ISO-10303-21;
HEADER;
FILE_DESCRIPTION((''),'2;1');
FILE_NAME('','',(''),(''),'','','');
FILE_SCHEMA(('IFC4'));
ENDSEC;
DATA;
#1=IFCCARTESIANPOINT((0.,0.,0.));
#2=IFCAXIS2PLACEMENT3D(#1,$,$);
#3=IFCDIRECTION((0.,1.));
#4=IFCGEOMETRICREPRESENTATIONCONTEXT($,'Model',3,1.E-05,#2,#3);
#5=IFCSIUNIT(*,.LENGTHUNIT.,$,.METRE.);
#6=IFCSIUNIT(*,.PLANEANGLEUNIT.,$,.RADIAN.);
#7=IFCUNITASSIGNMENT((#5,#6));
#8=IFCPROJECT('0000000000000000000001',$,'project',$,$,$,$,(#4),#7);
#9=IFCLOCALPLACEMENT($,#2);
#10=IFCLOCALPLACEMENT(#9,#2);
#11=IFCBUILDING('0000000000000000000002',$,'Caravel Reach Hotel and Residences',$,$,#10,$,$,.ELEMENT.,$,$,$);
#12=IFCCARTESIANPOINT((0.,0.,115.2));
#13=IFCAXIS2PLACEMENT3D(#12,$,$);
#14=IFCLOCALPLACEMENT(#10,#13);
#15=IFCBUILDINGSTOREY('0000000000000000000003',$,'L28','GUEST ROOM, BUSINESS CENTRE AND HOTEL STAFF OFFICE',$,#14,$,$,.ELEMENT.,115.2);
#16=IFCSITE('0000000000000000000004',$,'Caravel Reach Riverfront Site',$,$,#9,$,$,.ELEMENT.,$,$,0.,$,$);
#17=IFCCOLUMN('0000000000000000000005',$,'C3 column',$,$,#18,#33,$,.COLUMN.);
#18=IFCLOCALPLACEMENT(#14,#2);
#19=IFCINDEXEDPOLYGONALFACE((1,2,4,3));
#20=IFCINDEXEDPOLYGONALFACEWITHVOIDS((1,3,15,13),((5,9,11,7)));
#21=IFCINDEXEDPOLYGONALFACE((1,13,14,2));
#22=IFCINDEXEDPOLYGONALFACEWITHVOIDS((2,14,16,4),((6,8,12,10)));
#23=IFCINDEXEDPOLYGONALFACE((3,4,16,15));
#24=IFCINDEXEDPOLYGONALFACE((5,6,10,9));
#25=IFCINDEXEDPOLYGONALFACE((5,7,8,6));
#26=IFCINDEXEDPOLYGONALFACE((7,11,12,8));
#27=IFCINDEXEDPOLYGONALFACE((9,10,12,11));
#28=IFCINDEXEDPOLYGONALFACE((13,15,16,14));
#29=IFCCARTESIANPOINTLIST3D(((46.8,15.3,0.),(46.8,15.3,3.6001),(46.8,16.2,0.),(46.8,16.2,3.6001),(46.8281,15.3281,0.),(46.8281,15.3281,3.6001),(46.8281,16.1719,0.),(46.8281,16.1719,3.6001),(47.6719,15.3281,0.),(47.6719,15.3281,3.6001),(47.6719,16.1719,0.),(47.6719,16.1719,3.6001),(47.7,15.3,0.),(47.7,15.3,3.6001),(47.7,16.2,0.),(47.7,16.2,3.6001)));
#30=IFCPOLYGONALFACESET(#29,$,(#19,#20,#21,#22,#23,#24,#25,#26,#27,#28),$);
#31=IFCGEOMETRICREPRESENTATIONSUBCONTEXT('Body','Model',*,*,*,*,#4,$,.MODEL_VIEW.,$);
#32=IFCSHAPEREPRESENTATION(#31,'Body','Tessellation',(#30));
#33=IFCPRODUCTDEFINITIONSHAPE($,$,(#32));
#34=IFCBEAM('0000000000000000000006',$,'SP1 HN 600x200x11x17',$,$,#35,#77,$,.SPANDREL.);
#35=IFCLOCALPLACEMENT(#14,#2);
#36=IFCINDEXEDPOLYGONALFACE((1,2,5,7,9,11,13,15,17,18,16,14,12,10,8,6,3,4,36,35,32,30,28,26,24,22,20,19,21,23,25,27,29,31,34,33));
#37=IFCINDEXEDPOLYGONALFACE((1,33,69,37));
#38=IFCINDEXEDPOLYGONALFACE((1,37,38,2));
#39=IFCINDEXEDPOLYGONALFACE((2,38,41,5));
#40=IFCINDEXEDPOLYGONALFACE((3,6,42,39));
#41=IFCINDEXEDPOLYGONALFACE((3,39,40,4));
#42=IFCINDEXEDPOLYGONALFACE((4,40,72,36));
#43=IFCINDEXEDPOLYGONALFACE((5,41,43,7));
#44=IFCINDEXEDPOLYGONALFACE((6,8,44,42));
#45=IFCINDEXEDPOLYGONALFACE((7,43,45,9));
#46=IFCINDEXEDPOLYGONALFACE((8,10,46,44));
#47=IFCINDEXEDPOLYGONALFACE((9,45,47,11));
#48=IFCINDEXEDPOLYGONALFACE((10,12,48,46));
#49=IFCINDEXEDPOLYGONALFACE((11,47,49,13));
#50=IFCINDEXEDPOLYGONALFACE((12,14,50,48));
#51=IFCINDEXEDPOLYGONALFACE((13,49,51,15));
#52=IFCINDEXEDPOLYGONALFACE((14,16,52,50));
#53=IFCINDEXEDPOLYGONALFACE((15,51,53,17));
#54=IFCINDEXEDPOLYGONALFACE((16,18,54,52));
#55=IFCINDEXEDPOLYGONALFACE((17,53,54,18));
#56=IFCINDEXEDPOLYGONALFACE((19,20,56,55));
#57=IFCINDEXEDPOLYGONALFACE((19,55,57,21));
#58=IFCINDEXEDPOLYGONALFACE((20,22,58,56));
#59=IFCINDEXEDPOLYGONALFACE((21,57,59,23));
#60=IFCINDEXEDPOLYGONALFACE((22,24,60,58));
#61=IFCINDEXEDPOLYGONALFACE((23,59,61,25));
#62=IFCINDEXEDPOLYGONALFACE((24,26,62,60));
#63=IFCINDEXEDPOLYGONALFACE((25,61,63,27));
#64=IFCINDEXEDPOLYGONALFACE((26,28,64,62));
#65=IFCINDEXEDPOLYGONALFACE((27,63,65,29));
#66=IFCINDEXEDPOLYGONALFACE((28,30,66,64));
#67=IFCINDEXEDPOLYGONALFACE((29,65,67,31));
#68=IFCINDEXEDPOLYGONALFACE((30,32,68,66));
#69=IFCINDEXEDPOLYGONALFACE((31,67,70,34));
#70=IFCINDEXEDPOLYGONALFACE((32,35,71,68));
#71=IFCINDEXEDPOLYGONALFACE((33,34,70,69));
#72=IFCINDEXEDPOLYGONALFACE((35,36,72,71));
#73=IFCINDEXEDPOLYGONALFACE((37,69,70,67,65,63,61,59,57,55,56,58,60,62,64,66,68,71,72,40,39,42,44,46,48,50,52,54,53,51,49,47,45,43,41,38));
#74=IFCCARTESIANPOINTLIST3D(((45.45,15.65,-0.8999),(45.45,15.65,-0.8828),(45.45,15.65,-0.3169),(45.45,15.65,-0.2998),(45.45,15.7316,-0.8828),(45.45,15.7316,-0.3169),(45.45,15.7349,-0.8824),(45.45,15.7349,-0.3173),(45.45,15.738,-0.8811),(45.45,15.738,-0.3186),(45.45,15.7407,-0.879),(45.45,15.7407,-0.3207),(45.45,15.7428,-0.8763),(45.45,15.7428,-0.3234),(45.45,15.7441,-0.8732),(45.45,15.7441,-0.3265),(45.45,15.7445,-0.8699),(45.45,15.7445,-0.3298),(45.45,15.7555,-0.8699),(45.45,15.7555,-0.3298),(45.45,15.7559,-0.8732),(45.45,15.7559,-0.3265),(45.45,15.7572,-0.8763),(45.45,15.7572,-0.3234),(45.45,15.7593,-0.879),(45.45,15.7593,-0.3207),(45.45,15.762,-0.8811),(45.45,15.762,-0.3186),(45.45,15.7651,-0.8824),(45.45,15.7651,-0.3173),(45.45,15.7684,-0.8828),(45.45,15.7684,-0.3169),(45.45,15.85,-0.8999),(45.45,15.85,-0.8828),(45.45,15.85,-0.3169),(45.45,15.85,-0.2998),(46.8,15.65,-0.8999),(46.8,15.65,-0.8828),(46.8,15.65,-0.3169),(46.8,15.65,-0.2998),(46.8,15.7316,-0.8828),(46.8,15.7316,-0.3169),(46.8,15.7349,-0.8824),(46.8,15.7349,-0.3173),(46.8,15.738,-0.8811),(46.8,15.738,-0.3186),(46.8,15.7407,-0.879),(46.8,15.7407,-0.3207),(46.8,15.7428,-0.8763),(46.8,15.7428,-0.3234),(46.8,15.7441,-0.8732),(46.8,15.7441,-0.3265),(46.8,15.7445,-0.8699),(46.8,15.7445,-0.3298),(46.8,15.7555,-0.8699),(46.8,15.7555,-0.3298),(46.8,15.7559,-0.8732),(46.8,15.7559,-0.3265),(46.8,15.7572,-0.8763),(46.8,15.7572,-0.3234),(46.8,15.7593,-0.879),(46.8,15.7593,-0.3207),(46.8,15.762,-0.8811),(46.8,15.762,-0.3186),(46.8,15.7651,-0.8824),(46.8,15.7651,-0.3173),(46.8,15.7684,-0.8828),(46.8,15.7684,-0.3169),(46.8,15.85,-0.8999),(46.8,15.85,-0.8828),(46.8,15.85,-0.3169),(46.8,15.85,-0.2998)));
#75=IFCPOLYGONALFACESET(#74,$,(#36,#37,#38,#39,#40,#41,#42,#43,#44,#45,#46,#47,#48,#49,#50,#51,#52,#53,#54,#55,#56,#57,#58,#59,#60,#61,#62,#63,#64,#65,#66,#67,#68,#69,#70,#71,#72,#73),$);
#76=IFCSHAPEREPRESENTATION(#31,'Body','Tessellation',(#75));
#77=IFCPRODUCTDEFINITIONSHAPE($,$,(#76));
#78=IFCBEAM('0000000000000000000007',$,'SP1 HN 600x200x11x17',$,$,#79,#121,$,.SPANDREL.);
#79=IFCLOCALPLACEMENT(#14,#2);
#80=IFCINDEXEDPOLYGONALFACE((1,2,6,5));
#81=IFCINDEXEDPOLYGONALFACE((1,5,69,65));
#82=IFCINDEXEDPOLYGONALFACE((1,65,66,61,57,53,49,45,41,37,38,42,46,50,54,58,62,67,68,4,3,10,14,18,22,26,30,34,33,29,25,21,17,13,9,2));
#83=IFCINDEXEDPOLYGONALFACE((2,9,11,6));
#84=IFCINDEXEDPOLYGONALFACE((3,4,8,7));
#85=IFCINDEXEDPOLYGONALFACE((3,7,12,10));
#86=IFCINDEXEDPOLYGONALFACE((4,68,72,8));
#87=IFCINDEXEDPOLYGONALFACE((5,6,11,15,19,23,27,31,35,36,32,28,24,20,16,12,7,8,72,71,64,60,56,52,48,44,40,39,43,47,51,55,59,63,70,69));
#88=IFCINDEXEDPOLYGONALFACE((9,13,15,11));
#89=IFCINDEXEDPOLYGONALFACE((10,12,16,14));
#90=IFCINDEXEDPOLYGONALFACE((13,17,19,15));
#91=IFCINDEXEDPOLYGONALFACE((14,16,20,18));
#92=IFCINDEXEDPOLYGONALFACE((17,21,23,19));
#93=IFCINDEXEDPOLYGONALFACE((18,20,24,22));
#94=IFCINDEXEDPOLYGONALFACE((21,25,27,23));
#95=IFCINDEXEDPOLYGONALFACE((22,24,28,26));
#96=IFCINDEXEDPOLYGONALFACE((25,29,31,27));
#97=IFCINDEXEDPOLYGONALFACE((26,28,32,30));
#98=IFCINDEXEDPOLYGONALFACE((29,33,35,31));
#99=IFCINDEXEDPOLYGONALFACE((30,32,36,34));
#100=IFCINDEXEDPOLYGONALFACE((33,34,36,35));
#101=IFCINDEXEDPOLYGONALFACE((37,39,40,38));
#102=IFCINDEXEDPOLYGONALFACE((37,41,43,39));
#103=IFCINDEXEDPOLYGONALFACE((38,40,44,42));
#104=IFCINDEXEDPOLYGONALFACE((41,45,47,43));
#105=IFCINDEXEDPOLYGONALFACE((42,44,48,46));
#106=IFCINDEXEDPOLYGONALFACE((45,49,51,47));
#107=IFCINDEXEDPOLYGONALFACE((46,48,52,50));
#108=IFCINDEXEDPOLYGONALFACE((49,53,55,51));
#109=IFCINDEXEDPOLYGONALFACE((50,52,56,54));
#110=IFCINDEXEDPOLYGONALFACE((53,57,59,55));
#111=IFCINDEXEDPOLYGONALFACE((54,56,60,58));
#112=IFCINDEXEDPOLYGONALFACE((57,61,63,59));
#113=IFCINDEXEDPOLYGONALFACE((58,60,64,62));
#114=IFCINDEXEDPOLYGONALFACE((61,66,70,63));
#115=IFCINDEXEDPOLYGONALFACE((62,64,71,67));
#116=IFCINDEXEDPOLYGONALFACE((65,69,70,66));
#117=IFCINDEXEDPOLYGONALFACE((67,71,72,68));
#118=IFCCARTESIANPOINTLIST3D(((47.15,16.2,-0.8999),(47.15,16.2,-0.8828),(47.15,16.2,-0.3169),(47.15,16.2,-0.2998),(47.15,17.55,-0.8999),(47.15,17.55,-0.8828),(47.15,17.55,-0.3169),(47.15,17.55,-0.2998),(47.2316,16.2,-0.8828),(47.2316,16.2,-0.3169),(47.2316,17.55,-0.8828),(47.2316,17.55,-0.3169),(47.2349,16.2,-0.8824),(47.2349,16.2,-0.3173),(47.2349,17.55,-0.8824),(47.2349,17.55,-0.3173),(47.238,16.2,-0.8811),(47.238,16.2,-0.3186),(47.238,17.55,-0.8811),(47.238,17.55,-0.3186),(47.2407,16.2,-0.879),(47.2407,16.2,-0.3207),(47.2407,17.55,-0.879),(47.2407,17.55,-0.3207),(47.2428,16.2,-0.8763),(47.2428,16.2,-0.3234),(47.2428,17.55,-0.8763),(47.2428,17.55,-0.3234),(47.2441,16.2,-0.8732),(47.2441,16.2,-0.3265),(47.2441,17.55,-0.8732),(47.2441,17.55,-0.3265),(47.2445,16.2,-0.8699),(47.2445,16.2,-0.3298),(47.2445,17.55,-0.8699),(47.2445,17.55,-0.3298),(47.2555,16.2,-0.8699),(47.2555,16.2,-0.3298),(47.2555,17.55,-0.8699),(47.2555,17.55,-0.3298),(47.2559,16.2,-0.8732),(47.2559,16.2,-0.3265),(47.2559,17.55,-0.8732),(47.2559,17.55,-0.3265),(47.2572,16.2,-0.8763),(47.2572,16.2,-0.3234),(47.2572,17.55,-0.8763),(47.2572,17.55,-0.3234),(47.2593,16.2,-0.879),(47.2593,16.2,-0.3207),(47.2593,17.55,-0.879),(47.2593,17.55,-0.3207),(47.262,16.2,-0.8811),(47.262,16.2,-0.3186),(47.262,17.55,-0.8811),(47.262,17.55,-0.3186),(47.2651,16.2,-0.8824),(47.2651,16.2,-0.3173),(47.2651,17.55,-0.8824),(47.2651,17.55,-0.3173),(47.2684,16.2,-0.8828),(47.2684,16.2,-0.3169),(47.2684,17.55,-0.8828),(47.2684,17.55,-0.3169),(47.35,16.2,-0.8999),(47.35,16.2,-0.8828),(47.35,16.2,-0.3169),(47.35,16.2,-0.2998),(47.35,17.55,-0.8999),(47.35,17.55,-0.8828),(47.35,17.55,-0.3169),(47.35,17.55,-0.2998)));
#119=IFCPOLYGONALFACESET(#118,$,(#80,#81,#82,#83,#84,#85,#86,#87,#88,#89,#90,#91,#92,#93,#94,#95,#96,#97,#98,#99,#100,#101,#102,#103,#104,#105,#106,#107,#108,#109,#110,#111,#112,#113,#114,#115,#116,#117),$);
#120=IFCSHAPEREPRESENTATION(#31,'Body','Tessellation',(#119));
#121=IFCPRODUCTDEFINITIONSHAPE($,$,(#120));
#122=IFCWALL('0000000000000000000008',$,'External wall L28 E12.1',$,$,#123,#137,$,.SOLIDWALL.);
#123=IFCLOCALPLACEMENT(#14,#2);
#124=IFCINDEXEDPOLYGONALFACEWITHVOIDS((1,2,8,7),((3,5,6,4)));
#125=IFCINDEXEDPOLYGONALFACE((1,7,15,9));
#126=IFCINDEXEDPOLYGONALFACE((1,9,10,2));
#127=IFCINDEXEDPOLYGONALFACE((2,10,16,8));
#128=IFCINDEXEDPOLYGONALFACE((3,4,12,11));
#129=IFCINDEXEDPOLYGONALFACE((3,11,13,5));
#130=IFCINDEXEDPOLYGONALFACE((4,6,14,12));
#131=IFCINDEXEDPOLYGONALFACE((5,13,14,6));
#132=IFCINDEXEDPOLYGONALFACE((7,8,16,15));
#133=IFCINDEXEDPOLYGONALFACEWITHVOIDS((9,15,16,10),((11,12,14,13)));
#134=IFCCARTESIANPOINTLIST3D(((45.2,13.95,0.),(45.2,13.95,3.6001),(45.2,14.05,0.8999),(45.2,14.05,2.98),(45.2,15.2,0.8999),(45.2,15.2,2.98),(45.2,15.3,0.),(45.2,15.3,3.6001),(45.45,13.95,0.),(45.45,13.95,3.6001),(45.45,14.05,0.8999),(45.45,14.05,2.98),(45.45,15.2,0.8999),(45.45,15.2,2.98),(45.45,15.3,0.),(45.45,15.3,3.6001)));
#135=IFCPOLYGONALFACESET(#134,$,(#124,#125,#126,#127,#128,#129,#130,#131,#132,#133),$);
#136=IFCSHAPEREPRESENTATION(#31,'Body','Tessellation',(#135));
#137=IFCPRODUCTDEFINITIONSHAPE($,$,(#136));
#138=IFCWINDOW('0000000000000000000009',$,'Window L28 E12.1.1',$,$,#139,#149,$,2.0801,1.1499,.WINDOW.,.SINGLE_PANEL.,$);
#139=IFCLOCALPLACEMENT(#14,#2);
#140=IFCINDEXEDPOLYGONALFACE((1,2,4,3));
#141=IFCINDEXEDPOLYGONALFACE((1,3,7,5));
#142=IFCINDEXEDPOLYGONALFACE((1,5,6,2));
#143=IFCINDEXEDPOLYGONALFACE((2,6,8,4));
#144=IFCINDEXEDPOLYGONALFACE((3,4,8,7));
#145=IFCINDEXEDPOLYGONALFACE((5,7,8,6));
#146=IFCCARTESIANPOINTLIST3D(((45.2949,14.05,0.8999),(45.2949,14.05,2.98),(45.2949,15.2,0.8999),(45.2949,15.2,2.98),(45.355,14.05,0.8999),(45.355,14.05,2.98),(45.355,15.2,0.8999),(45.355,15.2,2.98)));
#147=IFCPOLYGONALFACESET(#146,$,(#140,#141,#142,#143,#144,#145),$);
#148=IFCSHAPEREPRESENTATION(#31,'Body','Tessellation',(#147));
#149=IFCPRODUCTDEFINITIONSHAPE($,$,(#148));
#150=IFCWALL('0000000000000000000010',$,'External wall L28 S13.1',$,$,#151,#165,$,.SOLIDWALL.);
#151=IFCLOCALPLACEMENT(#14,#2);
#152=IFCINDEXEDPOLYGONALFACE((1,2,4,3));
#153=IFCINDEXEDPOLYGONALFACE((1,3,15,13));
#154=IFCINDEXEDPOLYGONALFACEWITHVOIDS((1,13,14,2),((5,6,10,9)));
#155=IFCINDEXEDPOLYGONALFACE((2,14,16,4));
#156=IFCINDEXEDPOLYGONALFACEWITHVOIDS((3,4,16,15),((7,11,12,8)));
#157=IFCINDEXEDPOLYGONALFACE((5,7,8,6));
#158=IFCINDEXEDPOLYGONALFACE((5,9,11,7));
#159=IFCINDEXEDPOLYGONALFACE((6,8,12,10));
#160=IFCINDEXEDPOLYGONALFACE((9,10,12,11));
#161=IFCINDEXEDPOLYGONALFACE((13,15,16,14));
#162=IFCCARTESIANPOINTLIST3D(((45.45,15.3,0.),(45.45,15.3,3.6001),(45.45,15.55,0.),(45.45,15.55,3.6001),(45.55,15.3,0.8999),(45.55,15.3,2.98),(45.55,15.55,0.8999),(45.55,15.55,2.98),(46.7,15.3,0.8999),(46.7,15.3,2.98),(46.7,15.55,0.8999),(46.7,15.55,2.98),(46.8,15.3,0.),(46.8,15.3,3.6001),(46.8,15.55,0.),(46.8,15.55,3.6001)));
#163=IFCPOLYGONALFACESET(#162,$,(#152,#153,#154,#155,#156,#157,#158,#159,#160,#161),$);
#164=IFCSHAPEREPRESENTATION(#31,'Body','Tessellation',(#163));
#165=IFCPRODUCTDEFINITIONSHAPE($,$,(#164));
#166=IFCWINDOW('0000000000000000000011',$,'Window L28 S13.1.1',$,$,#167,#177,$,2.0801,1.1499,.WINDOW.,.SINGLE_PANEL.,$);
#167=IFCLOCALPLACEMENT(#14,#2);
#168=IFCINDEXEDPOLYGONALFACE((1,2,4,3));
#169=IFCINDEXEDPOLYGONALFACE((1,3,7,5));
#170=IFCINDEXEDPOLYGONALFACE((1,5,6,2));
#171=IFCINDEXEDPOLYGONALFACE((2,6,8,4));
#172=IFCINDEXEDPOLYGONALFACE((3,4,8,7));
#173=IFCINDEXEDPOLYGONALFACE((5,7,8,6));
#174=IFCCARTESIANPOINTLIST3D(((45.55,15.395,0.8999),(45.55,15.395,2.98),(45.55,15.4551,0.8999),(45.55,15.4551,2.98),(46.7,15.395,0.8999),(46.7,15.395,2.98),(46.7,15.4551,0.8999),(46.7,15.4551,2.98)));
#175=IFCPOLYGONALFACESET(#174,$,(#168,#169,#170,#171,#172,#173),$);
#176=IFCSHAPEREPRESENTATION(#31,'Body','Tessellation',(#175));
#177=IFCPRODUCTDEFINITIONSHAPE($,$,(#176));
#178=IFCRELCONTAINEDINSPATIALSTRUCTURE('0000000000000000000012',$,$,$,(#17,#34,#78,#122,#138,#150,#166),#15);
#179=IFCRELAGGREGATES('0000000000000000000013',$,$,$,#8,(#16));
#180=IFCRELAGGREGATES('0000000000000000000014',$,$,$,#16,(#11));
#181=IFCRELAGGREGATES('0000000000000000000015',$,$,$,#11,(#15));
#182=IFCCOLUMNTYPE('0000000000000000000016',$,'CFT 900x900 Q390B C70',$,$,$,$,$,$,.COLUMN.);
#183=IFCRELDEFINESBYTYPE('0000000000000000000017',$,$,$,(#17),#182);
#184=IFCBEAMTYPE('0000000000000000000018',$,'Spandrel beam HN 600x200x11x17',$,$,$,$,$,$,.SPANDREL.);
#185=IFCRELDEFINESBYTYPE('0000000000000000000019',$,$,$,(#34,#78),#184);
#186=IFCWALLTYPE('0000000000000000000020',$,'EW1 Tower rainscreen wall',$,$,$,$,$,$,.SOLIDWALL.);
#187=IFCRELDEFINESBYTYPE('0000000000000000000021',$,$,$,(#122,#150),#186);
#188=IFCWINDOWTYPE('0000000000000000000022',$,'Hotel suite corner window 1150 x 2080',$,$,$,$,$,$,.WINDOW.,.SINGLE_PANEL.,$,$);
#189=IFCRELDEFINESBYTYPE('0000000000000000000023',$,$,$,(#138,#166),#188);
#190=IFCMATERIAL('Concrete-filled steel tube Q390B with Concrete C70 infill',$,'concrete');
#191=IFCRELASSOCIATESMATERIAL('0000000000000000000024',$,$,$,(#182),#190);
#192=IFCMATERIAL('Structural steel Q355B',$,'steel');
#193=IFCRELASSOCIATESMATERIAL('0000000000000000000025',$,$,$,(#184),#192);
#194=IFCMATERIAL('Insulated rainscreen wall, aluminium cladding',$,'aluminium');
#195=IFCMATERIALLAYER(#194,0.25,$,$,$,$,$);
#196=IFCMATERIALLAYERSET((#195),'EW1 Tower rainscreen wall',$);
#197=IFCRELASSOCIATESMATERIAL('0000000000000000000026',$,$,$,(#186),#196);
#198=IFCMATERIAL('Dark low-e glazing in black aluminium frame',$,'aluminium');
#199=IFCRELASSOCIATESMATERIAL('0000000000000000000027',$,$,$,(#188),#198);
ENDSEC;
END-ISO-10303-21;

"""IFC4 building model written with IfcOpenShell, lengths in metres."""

from ifc_helpers import new_model, si_unit, direction, frame, frame_2d, origin, origin_2d, place, context, subcontext, project, spatial, rectangle, hollow_rectangle, i_section, extrude, material, layer, layer_set, material_profile, profile_set, type_object, element, fill, save


model = new_model("IFC4")

# Units and contexts
model_context = context("Model", 3, precision=1e-05, world=origin(), true_north=direction((0.0, 1.0)))
body_context = subcontext(model_context, "Body", "Model", "MODEL_VIEW")
ifc_project = project(units=[si_unit("LENGTHUNIT", "METRE"), si_unit("PLANEANGLEUNIT", "RADIAN")], contexts=[model_context])

# Site, building, storey
site_placement = place(None, origin())
site = spatial("IfcSite", under=ifc_project, at=site_placement, Name="Caravel Reach Riverfront Site", CompositionType="ELEMENT", RefElevation=0.0)
building_placement = place(site_placement, origin())
building = spatial("IfcBuilding", under=site, at=building_placement, Name="Caravel Reach Hotel and Residences", CompositionType="ELEMENT")
storey_placement = place(building_placement, frame((0.0, 0.0, 115.2)))
storey = spatial("IfcBuildingStorey", under=building, at=storey_placement, Name="L28", Description="GUEST ROOM, BUSINESS CENTRE AND HOTEL STAFF OFFICE", CompositionType="ELEMENT", Elevation=115.2)

# Column
ifc_material_1 = material(Name="Concrete-filled steel tube Q390B with Concrete C70 infill", Category="concrete")
ifc_material_profile_1 = material_profile(ifc_material_1, hollow_rectangle(XDim=0.8999, YDim=0.8999, WallThickness=0.0281, at=origin_2d()), Name="RHS 900x900x28")
ifc_profile_set_1 = profile_set([ifc_material_profile_1], Name="Concrete-filled steel tube Q390B with Concrete C70 infill")
column_type = type_object("IfcColumnType", Name="CFT 900x900 Q390B C70", PredefinedType="COLUMN", material=ifc_profile_set_1)
column_placement = place(storey_placement, frame((47.25, 15.75, 0.0), z_axis=(0.0, 0.0, 1.0), x_axis=(1.0, 0.0, 0.0)))
element("IfcColumn", 1, at=column_placement, inside=storey, type_object=column_type, Name="C3 column", PredefinedType="COLUMN", context=body_context, shape_type="SweptSolid", body=[
    extrude(hollow_rectangle(XDim=0.8999, YDim=0.8999, WallThickness=0.0281, at=origin_2d()), origin(), (0.0, 0.0, 1.0), 3.6001),
])

# Beams
ifc_material_2 = material(Name="Structural steel Q355B", Category="steel")
ifc_material_profile_2 = material_profile(ifc_material_2, i_section(OverallWidth=0.2, OverallDepth=0.6001, WebThickness=0.011, FlangeThickness=0.0171, FilletRadius=0.0129, at=origin_2d()), Name="HN 600x200x11x17")
ifc_profile_set_2 = profile_set([ifc_material_profile_2], Name="Structural steel Q355B")
beam_type = type_object("IfcBeamType", Name="Spandrel beam HN 600x200x11x17", PredefinedType="SPANDREL", material=ifc_profile_set_2)
for number, where, z_axis, x_axis, name in (
    (2, (45.45, 15.75, -0.5999), (1.0, 0.0, 0.0), (0.0, 1.0, 0.0), "SP1 HN 600x200x11x17"),
    (3, (47.25, 16.2, -0.5999), (0.0, 1.0, 0.0), (-1.0, 0.0, 0.0), "SP1 HN 600x200x11x17"),
):
    element("IfcBeam", number, at=place(storey_placement, frame(where, z_axis=z_axis, x_axis=x_axis)), inside=storey, type_object=beam_type, Name=name, PredefinedType="SPANDREL", context=body_context, shape_type="SweptSolid", body=[
        extrude(i_section(OverallWidth=0.2, OverallDepth=0.6001, WebThickness=0.011, FlangeThickness=0.0171, FilletRadius=0.0129, at=origin_2d()), origin(), (0.0, 0.0, 1.0), 1.3501),
    ])

# Walls, openings, windows
ifc_material_3 = material(Name="Insulated rainscreen wall, aluminium cladding", Category="aluminium")
ifc_layer_1 = layer(ifc_material_3, 0.25)
ifc_layer_set_1 = layer_set([ifc_layer_1], Name="EW1 Tower rainscreen wall")
wall_type_1 = type_object("IfcWallType", Name="EW1 Tower rainscreen wall", PredefinedType="SOLIDWALL", material=ifc_layer_set_1)
wall_1_placement = place(storey_placement, frame((45.325, 13.95, 0.0), z_axis=(0.0, 0.0, 1.0), x_axis=(0.0, 1.0, 0.0)))
wall_1 = element("IfcWall", 4, at=wall_1_placement, inside=storey, type_object=wall_type_1, Name="External wall L28 E12.1", PredefinedType="SOLIDWALL", context=body_context, shape_type="SweptSolid", body=[
    extrude(rectangle(XDim=1.3501, YDim=0.25, at=frame_2d((0.675, 0.0))), origin(), (0.0, 0.0, 1.0), 3.6001),
])
opening_1_placement = place(wall_1_placement, frame((0.1001, 0.0, 0.8999)))
opening_1 = element("IfcOpeningElement", 5, at=opening_1_placement, cuts=wall_1, PredefinedType="OPENING", context=body_context, shape_type="SweptSolid", body=[
    extrude(rectangle(XDim=1.1499, YDim=2.0801, at=frame_2d((0.575, 1.04))), frame((0.0, 0.135, 0.0), z_axis=(0.0, -1.0, 0.0), x_axis=(1.0, 0.0, 0.0)), (0.0, 0.0, 1.0), 0.27),
])
ifc_material_4 = material(Name="Dark low-e glazing in black aluminium frame", Category="aluminium")
window_type_1 = type_object("IfcWindowType", Name="Hotel suite corner window 1150 x 2080", PartitioningType="SINGLE_PANEL", PredefinedType="WINDOW", material=ifc_material_4)
window_1_placement = place(opening_1_placement, origin())
window_1 = element("IfcWindow", 6, at=window_1_placement, inside=storey, type_object=window_type_1, Name="Window L28 E12.1.1", OverallHeight=2.0801, OverallWidth=1.1499, PartitioningType="SINGLE_PANEL", PredefinedType="WINDOW", context=body_context, shape_type="SweptSolid", body=[
    extrude(rectangle(XDim=1.1499, YDim=2.0801, at=frame_2d((0.575, 1.04))), frame((0.0, 0.03, 0.0), z_axis=(0.0, -1.0, 0.0), x_axis=(1.0, 0.0, 0.0)), (0.0, 0.0, 1.0), 0.0601),
])
fill(opening_1, window_1)
wall_2_placement = place(storey_placement, frame((45.45, 15.425, 0.0), z_axis=(0.0, 0.0, 1.0), x_axis=(1.0, 0.0, 0.0)))
wall_2 = element("IfcWall", 7, at=wall_2_placement, inside=storey, type_object=wall_type_1, Name="External wall L28 S13.1", PredefinedType="SOLIDWALL", context=body_context, shape_type="SweptSolid", body=[
    extrude(rectangle(XDim=1.3501, YDim=0.25, at=frame_2d((0.675, 0.0))), origin(), (0.0, 0.0, 1.0), 3.6001),
])
opening_2_placement = place(wall_2_placement, frame((0.1001, 0.0, 0.8999)))
opening_2 = element("IfcOpeningElement", 8, at=opening_2_placement, cuts=wall_2, PredefinedType="OPENING", context=body_context, shape_type="SweptSolid", body=[
    extrude(rectangle(XDim=1.1499, YDim=2.0801, at=frame_2d((0.575, 1.04))), frame((0.0, 0.135, 0.0), z_axis=(0.0, -1.0, 0.0), x_axis=(1.0, 0.0, 0.0)), (0.0, 0.0, 1.0), 0.27),
])
window_2_placement = place(opening_2_placement, origin())
window_2 = element("IfcWindow", 9, at=window_2_placement, inside=storey, type_object=window_type_1, Name="Window L28 S13.1.1", OverallHeight=2.0801, OverallWidth=1.1499, PartitioningType="SINGLE_PANEL", PredefinedType="WINDOW", context=body_context, shape_type="SweptSolid", body=[
    extrude(rectangle(XDim=1.1499, YDim=2.0801, at=frame_2d((0.575, 1.04))), frame((0.0, 0.03, 0.0), z_axis=(0.0, -1.0, 0.0), x_axis=(1.0, 0.0, 0.0)), (0.0, 0.0, 1.0), 0.0601),
])
fill(opening_2, window_2)

save(model, "model.ifc")
